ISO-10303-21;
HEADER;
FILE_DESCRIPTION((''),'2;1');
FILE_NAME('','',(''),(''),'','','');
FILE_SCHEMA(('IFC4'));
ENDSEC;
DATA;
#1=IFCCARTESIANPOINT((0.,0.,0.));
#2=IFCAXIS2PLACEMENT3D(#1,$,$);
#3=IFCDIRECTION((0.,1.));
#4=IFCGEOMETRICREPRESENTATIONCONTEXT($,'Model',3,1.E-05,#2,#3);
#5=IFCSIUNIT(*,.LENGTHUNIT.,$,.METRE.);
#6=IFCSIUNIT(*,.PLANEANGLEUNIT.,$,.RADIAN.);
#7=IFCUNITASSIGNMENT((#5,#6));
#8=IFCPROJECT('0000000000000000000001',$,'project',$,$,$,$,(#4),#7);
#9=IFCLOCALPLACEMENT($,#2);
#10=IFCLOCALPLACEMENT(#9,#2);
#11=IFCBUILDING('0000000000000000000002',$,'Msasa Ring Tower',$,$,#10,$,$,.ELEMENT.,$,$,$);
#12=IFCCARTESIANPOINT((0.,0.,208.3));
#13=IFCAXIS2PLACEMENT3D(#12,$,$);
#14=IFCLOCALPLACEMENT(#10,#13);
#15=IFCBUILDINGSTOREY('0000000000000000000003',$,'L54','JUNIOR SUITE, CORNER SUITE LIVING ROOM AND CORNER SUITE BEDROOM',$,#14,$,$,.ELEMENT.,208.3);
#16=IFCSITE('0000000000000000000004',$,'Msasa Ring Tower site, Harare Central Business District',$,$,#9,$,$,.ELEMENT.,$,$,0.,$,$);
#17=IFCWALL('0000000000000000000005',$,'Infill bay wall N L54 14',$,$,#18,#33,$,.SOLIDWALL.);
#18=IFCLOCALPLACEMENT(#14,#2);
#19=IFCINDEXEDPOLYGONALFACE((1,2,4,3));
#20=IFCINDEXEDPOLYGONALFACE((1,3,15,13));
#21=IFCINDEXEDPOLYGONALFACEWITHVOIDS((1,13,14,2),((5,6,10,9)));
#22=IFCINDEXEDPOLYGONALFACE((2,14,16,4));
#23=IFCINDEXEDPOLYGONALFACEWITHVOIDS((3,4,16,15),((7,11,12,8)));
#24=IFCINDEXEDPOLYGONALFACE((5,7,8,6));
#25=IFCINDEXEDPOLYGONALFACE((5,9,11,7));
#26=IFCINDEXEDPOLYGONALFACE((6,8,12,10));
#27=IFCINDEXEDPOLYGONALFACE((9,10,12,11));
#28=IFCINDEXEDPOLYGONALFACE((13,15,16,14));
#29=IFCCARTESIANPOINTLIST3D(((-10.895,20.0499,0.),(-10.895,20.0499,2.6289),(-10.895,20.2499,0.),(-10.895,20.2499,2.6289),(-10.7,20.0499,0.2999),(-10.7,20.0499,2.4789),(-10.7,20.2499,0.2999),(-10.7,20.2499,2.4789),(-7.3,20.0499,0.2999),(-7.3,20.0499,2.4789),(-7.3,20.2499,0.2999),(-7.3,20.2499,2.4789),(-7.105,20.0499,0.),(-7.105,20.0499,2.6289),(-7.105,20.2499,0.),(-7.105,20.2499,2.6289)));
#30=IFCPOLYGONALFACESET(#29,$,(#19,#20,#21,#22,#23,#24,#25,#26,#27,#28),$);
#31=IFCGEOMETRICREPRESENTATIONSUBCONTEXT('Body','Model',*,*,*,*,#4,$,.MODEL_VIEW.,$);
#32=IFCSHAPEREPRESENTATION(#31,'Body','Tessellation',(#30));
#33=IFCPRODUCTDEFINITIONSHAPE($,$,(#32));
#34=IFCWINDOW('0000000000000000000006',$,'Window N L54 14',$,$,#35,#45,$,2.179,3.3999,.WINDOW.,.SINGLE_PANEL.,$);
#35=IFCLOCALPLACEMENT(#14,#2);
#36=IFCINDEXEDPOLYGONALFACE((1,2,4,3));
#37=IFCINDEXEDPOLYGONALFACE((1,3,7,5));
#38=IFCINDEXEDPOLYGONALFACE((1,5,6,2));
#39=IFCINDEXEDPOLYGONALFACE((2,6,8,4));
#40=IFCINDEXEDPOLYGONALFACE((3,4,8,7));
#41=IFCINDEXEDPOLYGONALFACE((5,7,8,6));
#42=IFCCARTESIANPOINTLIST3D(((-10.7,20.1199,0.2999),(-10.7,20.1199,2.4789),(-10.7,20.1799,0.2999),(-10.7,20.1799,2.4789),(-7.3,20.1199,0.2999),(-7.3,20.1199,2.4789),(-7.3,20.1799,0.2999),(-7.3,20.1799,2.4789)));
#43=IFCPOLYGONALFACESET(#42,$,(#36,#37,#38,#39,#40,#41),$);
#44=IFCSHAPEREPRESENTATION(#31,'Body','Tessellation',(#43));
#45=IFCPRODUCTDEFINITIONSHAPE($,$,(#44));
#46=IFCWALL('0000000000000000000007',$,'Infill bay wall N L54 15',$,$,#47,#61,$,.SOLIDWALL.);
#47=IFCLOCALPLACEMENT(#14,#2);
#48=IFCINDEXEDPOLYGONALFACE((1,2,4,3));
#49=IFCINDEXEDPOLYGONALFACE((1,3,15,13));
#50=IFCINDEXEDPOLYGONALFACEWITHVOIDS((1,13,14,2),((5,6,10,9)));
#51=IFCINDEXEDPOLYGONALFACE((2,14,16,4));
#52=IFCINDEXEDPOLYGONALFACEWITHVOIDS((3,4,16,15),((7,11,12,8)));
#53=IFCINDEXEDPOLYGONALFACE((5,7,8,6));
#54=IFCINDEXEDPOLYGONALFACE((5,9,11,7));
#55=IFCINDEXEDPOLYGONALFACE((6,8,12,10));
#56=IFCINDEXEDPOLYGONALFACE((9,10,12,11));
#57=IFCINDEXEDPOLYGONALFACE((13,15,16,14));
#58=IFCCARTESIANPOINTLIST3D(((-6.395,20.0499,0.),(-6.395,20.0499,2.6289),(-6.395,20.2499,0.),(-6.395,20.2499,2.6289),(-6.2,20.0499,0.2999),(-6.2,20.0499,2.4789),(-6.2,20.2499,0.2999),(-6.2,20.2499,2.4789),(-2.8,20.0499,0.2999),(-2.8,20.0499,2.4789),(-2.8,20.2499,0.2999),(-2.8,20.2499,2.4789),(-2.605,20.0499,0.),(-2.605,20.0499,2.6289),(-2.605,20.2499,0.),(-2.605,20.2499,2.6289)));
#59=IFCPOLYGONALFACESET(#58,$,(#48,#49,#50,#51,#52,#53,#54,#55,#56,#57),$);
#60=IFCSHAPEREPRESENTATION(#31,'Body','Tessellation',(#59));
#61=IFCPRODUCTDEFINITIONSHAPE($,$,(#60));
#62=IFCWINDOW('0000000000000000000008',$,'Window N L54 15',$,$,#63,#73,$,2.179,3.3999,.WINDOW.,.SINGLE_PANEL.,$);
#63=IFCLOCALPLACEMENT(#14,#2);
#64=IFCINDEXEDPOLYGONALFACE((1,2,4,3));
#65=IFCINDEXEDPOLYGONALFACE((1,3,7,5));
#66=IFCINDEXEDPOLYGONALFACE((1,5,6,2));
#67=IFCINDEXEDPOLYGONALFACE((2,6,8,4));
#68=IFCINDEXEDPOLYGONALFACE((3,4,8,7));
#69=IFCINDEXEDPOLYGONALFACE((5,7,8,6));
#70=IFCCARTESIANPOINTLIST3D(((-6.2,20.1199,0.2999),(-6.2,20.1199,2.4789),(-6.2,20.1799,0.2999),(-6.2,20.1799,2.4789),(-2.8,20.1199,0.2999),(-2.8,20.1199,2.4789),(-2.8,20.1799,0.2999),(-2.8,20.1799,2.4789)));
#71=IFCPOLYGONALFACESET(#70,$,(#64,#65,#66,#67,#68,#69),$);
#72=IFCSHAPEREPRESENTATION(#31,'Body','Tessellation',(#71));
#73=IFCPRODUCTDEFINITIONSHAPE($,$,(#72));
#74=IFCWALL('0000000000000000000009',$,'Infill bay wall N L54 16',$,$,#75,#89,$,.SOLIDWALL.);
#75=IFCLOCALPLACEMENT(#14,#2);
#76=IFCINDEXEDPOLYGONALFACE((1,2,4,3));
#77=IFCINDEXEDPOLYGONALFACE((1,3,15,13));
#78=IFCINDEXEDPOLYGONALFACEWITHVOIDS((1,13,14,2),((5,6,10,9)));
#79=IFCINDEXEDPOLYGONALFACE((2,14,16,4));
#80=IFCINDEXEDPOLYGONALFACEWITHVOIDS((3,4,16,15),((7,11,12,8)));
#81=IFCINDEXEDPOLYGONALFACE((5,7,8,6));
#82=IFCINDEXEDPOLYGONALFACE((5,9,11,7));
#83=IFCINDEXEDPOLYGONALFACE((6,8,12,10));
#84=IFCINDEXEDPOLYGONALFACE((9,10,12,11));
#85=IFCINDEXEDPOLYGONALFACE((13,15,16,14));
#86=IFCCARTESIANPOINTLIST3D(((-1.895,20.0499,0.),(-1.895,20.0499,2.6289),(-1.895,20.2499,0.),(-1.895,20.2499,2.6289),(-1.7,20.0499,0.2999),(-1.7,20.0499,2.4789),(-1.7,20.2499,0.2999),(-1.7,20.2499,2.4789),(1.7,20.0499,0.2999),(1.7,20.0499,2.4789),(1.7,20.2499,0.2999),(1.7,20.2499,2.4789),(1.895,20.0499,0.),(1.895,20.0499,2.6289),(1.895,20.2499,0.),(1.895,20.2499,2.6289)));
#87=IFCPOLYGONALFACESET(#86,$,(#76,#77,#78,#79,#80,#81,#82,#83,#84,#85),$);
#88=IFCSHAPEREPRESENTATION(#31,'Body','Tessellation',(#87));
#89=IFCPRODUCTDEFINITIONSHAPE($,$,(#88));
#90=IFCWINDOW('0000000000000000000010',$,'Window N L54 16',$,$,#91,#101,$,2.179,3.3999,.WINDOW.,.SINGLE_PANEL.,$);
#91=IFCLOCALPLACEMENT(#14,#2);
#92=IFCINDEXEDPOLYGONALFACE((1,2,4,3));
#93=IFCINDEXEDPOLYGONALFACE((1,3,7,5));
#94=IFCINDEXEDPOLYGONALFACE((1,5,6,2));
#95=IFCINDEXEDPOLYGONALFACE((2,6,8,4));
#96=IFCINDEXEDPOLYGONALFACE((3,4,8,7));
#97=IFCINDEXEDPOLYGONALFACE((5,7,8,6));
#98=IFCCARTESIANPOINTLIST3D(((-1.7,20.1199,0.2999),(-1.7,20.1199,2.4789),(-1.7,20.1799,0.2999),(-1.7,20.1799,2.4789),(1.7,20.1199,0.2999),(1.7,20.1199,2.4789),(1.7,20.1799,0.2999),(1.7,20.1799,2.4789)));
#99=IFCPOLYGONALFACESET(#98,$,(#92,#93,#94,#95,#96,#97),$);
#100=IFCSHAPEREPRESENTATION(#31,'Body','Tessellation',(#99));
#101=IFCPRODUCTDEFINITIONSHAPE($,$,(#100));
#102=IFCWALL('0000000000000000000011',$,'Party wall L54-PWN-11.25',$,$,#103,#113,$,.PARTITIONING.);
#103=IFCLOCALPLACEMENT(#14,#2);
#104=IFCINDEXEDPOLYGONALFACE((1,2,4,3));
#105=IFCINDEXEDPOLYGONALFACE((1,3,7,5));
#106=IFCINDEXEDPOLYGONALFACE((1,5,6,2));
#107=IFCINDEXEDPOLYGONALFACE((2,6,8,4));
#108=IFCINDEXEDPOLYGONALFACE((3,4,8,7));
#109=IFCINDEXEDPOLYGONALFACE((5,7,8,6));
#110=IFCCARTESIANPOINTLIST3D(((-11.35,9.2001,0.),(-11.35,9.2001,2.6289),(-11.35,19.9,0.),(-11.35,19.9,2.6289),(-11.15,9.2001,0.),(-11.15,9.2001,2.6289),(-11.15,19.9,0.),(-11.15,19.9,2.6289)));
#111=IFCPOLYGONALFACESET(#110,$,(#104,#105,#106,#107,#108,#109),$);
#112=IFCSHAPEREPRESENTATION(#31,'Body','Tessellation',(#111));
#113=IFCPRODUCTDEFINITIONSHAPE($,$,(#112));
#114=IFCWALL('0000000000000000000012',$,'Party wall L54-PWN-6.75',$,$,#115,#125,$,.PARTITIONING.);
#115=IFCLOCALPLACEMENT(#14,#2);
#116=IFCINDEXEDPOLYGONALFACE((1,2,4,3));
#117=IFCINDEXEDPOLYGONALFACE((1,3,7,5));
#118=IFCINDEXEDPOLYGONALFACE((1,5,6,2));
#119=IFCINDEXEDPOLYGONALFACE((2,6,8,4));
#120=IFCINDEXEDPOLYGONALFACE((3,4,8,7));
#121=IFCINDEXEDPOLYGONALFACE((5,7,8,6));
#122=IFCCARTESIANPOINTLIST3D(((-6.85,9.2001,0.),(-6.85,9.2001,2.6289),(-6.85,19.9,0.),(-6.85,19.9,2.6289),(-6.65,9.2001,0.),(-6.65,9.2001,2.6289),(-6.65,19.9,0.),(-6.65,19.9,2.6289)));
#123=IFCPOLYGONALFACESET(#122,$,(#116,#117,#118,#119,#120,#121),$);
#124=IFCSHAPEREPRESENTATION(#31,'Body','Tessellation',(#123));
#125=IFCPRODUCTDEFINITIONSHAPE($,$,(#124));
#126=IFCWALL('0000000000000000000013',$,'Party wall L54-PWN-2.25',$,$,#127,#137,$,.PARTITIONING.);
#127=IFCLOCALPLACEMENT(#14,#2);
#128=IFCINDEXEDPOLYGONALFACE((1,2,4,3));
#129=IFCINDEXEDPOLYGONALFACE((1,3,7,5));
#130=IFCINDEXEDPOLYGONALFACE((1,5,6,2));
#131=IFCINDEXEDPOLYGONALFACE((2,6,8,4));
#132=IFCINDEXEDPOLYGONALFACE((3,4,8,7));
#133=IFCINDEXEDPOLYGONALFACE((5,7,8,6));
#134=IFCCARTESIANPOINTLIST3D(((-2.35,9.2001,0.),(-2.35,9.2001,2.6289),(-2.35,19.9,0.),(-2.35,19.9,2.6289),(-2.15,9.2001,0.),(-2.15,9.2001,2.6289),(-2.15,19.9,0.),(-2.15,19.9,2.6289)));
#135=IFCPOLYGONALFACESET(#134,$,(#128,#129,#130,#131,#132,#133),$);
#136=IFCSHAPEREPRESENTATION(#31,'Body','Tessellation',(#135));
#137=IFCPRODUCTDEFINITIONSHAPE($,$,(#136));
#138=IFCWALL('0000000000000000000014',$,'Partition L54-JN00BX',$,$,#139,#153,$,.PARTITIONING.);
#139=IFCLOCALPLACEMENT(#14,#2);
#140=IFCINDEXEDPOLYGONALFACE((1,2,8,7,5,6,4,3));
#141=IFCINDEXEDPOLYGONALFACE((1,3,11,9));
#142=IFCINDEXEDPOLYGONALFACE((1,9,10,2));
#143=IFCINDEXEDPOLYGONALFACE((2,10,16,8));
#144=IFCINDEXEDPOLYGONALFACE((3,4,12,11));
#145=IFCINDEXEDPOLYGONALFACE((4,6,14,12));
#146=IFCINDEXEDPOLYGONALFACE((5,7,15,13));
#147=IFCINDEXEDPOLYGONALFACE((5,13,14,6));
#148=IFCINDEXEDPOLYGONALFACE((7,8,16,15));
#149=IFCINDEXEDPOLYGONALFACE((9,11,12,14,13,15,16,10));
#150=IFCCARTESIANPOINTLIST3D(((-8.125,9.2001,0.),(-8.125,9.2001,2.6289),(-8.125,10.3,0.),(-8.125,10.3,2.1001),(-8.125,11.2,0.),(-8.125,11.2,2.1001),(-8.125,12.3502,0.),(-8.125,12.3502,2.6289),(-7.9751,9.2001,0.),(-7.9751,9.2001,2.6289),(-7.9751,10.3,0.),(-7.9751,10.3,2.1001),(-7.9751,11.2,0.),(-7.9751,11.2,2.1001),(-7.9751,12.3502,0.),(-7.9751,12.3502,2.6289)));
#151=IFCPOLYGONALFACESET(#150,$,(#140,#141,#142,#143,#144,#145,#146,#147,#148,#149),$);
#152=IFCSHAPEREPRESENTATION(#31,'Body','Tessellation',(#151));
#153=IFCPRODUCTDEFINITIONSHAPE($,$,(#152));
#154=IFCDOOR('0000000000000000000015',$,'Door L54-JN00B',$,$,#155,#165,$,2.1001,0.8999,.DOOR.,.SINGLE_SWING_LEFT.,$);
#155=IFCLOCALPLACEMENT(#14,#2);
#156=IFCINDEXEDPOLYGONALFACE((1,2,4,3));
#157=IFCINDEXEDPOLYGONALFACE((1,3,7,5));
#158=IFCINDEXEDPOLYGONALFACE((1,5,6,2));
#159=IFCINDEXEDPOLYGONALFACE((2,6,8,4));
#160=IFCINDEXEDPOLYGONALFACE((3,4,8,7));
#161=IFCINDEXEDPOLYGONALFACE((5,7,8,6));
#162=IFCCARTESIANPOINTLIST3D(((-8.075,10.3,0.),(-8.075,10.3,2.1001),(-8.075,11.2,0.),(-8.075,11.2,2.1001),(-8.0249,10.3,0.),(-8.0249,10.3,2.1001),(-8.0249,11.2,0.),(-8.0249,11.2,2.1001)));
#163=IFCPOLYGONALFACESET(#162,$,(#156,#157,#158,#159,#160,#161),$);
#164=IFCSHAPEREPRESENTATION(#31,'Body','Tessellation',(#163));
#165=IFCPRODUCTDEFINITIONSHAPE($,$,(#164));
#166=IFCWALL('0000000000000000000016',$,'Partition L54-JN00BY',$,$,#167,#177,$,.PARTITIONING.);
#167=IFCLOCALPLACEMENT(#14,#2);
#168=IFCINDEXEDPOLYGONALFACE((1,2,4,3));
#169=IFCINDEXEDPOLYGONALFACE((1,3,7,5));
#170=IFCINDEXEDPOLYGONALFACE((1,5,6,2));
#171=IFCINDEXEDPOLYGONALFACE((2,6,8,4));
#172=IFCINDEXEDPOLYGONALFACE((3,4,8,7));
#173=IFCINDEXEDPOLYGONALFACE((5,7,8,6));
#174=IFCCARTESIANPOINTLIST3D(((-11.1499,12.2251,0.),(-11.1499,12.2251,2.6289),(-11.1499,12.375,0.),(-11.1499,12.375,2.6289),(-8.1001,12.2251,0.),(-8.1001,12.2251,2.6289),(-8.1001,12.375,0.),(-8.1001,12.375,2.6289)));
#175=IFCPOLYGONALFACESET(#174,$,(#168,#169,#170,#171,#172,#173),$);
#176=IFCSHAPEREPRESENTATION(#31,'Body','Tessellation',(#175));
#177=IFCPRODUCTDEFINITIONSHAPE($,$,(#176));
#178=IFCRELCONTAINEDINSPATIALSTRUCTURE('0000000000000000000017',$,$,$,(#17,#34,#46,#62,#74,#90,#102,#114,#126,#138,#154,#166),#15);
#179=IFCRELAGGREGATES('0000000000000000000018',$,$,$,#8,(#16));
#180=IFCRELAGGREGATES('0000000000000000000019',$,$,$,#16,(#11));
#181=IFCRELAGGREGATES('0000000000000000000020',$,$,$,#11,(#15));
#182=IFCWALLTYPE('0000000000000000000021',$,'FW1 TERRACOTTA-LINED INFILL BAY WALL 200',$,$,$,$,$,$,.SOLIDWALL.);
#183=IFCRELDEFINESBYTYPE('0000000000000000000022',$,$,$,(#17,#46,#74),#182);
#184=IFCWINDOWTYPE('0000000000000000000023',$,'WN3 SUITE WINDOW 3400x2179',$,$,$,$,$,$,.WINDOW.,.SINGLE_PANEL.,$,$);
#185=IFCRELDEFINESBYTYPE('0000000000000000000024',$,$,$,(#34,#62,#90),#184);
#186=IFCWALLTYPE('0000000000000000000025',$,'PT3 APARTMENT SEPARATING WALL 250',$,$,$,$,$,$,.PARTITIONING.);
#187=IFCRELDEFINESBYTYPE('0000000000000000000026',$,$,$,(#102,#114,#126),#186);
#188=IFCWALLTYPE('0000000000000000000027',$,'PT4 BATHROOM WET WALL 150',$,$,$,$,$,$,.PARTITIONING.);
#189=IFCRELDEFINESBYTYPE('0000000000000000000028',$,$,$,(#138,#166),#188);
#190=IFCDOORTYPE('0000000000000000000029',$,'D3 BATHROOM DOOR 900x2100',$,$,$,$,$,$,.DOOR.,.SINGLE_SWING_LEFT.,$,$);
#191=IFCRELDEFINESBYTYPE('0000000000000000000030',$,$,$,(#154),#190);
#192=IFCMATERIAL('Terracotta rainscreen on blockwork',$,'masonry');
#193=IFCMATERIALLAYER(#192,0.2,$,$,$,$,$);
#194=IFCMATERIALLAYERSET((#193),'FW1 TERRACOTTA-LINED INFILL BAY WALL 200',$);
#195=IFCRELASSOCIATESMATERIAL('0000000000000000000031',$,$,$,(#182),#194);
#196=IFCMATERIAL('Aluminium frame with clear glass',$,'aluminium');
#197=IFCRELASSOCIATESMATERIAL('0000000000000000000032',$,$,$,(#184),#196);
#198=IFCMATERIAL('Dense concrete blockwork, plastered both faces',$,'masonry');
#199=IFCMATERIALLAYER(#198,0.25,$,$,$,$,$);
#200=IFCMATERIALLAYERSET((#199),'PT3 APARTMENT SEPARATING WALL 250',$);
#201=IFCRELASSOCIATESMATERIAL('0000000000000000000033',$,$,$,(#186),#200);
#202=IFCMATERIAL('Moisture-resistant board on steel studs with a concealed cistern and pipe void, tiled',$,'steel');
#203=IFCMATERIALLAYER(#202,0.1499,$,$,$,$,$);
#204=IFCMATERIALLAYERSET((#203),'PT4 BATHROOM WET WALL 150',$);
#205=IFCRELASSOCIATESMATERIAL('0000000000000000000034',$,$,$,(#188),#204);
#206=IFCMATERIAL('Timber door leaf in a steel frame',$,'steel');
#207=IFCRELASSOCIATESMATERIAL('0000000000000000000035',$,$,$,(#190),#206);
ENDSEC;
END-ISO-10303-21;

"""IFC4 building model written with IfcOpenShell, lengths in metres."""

from ifc_helpers import new_model, si_unit, direction, frame, frame_2d, origin, place, context, subcontext, project, spatial, rectangle, extrude, material, layer, layer_set, type_object, element, fill, save


model = new_model("IFC4")

# Units and contexts
model_context = context("Model", 3, precision=1e-05, world=origin(), true_north=direction((0.0, 1.0)))
body_context = subcontext(model_context, "Body", "Model", "MODEL_VIEW")
ifc_project = project(units=[si_unit("LENGTHUNIT", "METRE"), si_unit("PLANEANGLEUNIT", "RADIAN")], contexts=[model_context])

# Site, building, storey
site_placement = place(None, origin())
site = spatial("IfcSite", under=ifc_project, at=site_placement, Name="Msasa Ring Tower site, Harare Central Business District", CompositionType="ELEMENT", RefElevation=0.0)
building_placement = place(site_placement, origin())
building = spatial("IfcBuilding", under=site, at=building_placement, Name="Msasa Ring Tower", CompositionType="ELEMENT")
storey_placement = place(building_placement, frame((0.0, 0.0, 208.3)))
storey = spatial("IfcBuildingStorey", under=building, at=storey_placement, Name="L54", Description="JUNIOR SUITE, CORNER SUITE LIVING ROOM AND CORNER SUITE BEDROOM", CompositionType="ELEMENT", Elevation=208.3)

# Walls, openings, windows
ifc_material_1 = material(Name="Terracotta rainscreen on blockwork", Category="masonry")
ifc_layer_1 = layer(ifc_material_1, 0.2)
ifc_layer_set_1 = layer_set([ifc_layer_1], Name="FW1 TERRACOTTA-LINED INFILL BAY WALL 200")
wall_type_1 = type_object("IfcWallType", Name="FW1 TERRACOTTA-LINED INFILL BAY WALL 200", PredefinedType="SOLIDWALL", material=ifc_layer_set_1)
wall_1_placement = place(storey_placement, frame((-10.895, 20.1499, 0.0), z_axis=(0.0, 0.0, 1.0), x_axis=(1.0, 0.0, 0.0)))
wall_1 = element("IfcWall", 1, at=wall_1_placement, inside=storey, type_object=wall_type_1, Name="Infill bay wall N L54 14", PredefinedType="SOLIDWALL", context=body_context, shape_type="SweptSolid", body=[
    extrude(rectangle(XDim=3.79, YDim=0.2, at=frame_2d((1.895, 0.0))), origin(), (0.0, 0.0, 1.0), 2.6289),
])
opening_1_placement = place(wall_1_placement, frame((0.1951, 0.0, 0.3)))
opening_1 = element("IfcOpeningElement", 2, at=opening_1_placement, cuts=wall_1, PredefinedType="OPENING", context=body_context, shape_type="SweptSolid", body=[
    extrude(rectangle(XDim=3.3999, YDim=2.179, at=frame_2d((1.7, 1.0894))), frame((0.0, 0.1099, 0.0), z_axis=(0.0, -1.0, 0.0), x_axis=(1.0, 0.0, 0.0)), (0.0, 0.0, 1.0), 0.22),
])
ifc_material_2 = material(Name="Aluminium frame with clear glass", Category="aluminium")
window_type = type_object("IfcWindowType", Name="WN3 SUITE WINDOW 3400x2179", PartitioningType="SINGLE_PANEL", PredefinedType="WINDOW", material=ifc_material_2)
window_1_placement = place(opening_1_placement, origin())
window_1 = element("IfcWindow", 3, at=window_1_placement, inside=storey, type_object=window_type, Name="Window N L54 14", OverallHeight=2.179, OverallWidth=3.3999, PartitioningType="SINGLE_PANEL", PredefinedType="WINDOW", context=body_context, shape_type="SweptSolid", body=[
    extrude(rectangle(XDim=3.3999, YDim=2.179, at=frame_2d((1.7, 1.0894))), frame((0.0, 0.03, 0.0), z_axis=(0.0, -1.0, 0.0), x_axis=(1.0, 0.0, 0.0)), (0.0, 0.0, 1.0), 0.0601),
])
fill(opening_1, window_1)
wall_2_placement = place(storey_placement, frame((-6.395, 20.1499, 0.0), z_axis=(0.0, 0.0, 1.0), x_axis=(1.0, 0.0, 0.0)))
wall_2 = element("IfcWall", 4, at=wall_2_placement, inside=storey, type_object=wall_type_1, Name="Infill bay wall N L54 15", PredefinedType="SOLIDWALL", context=body_context, shape_type="SweptSolid", body=[
    extrude(rectangle(XDim=3.79, YDim=0.2, at=frame_2d((1.895, 0.0))), origin(), (0.0, 0.0, 1.0), 2.6289),
])
opening_2_placement = place(wall_2_placement, frame((0.1951, 0.0, 0.3)))
opening_2 = element("IfcOpeningElement", 5, at=opening_2_placement, cuts=wall_2, PredefinedType="OPENING", context=body_context, shape_type="SweptSolid", body=[
    extrude(rectangle(XDim=3.3999, YDim=2.179, at=frame_2d((1.7, 1.0894))), frame((0.0, 0.1099, 0.0), z_axis=(0.0, -1.0, 0.0), x_axis=(1.0, 0.0, 0.0)), (0.0, 0.0, 1.0), 0.22),
])
window_2_placement = place(opening_2_placement, origin())
window_2 = element("IfcWindow", 6, at=window_2_placement, inside=storey, type_object=window_type, Name="Window N L54 15", OverallHeight=2.179, OverallWidth=3.3999, PartitioningType="SINGLE_PANEL", PredefinedType="WINDOW", context=body_context, shape_type="SweptSolid", body=[
    extrude(rectangle(XDim=3.3999, YDim=2.179, at=frame_2d((1.7, 1.0894))), frame((0.0, 0.03, 0.0), z_axis=(0.0, -1.0, 0.0), x_axis=(1.0, 0.0, 0.0)), (0.0, 0.0, 1.0), 0.0601),
])
fill(opening_2, window_2)
wall_3_placement = place(storey_placement, frame((-1.895, 20.1499, 0.0), z_axis=(0.0, 0.0, 1.0), x_axis=(1.0, 0.0, 0.0)))
wall_3 = element("IfcWall", 7, at=wall_3_placement, inside=storey, type_object=wall_type_1, Name="Infill bay wall N L54 16", PredefinedType="SOLIDWALL", context=body_context, shape_type="SweptSolid", body=[
    extrude(rectangle(XDim=3.79, YDim=0.2, at=frame_2d((1.895, 0.0))), origin(), (0.0, 0.0, 1.0), 2.6289),
])
opening_3_placement = place(wall_3_placement, frame((0.1951, 0.0, 0.3)))
opening_3 = element("IfcOpeningElement", 8, at=opening_3_placement, cuts=wall_3, PredefinedType="OPENING", context=body_context, shape_type="SweptSolid", body=[
    extrude(rectangle(XDim=3.3999, YDim=2.179, at=frame_2d((1.7, 1.0894))), frame((0.0, 0.1099, 0.0), z_axis=(0.0, -1.0, 0.0), x_axis=(1.0, 0.0, 0.0)), (0.0, 0.0, 1.0), 0.22),
])
window_3_placement = place(opening_3_placement, origin())
window_3 = element("IfcWindow", 9, at=window_3_placement, inside=storey, type_object=window_type, Name="Window N L54 16", OverallHeight=2.179, OverallWidth=3.3999, PartitioningType="SINGLE_PANEL", PredefinedType="WINDOW", context=body_context, shape_type="SweptSolid", body=[
    extrude(rectangle(XDim=3.3999, YDim=2.179, at=frame_2d((1.7, 1.0894))), frame((0.0, 0.03, 0.0), z_axis=(0.0, -1.0, 0.0), x_axis=(1.0, 0.0, 0.0)), (0.0, 0.0, 1.0), 0.0601),
])
fill(opening_3, window_3)

# Walls
ifc_material_3 = material(Name="Dense concrete blockwork, plastered both faces", Category="masonry")
ifc_layer_2 = layer(ifc_material_3, 0.25)
ifc_layer_set_2 = layer_set([ifc_layer_2], Name="PT3 APARTMENT SEPARATING WALL 250")
wall_type_2 = type_object("IfcWallType", Name="PT3 APARTMENT SEPARATING WALL 250", PredefinedType="PARTITIONING", material=ifc_layer_set_2)
for number, where, z_axis, x_axis, name in (
    (10, (-11.25, 9.2, 0.0), (0.0, 0.0, 1.0), (0.0, 1.0, 0.0), "Party wall L54-PWN-11.25"),
    (11, (-6.75, 9.2, 0.0), (0.0, 0.0, 1.0), (0.0, 1.0, 0.0), "Party wall L54-PWN-6.75"),
    (12, (-2.25, 9.2, 0.0), (0.0, 0.0, 1.0), (0.0, 1.0, 0.0), "Party wall L54-PWN-2.25"),
):
    element("IfcWall", number, at=place(storey_placement, frame(where, z_axis=z_axis, x_axis=x_axis)), inside=storey, type_object=wall_type_2, Name=name, PredefinedType="PARTITIONING", context=body_context, shape_type="SweptSolid", body=[
        extrude(rectangle(XDim=10.7, YDim=0.2, at=frame_2d((5.3501, 0.0))), origin(), (0.0, 0.0, 1.0), 2.6289),
    ])

# Wall, opening, door
ifc_material_4 = material(Name="Moisture-resistant board on steel studs with a concealed cistern and pipe void, tiled", Category="steel")
ifc_layer_3 = layer(ifc_material_4, 0.1499)
ifc_layer_set_3 = layer_set([ifc_layer_3], Name="PT4 BATHROOM WET WALL 150")
wall_type_3 = type_object("IfcWallType", Name="PT4 BATHROOM WET WALL 150", PredefinedType="PARTITIONING", material=ifc_layer_set_3)
wall_4_placement = place(storey_placement, frame((-8.05, 9.2, 0.0), z_axis=(0.0, 0.0, 1.0), x_axis=(0.0, 1.0, 0.0)))
wall_4 = element("IfcWall", 13, at=wall_4_placement, inside=storey, type_object=wall_type_3, Name="Partition L54-JN00BX", PredefinedType="PARTITIONING", context=body_context, shape_type="SweptSolid", body=[
    extrude(rectangle(XDim=3.1501, YDim=0.1499, at=frame_2d((1.5752, 0.0))), origin(), (0.0, 0.0, 1.0), 2.6289),
])
opening_4_placement = place(wall_4_placement, frame((1.1001, 0.0, 0.0)))
opening_4 = element("IfcOpeningElement", 14, at=opening_4_placement, cuts=wall_4, PredefinedType="OPENING", context=body_context, shape_type="SweptSolid", body=[
    extrude(rectangle(XDim=0.8999, YDim=2.1001, at=frame_2d((0.45, 1.05))), frame((0.0, 0.085, 0.0), z_axis=(0.0, -1.0, 0.0), x_axis=(1.0, 0.0, 0.0)), (0.0, 0.0, 1.0), 0.1699),
])
ifc_material_5 = material(Name="Timber door leaf in a steel frame", Category="steel")
door_type = type_object("IfcDoorType", Name="D3 BATHROOM DOOR 900x2100", OperationType="SINGLE_SWING_LEFT", PredefinedType="DOOR", material=ifc_material_5)
door_1_placement = place(opening_4_placement, origin())
door_1 = element("IfcDoor", 15, at=door_1_placement, inside=storey, type_object=door_type, Name="Door L54-JN00B", OperationType="SINGLE_SWING_LEFT", OverallHeight=2.1001, OverallWidth=0.8999, PredefinedType="DOOR", context=body_context, shape_type="SweptSolid", body=[
    extrude(rectangle(XDim=0.8999, YDim=2.1001, at=frame_2d((0.45, 1.05))), frame((0.0, 0.0249, 0.0), z_axis=(0.0, -1.0, 0.0), x_axis=(1.0, 0.0, 0.0)), (0.0, 0.0, 1.0), 0.05),
])
fill(opening_4, door_1)

# Wall
wall_5_placement = place(storey_placement, frame((-11.1499, 12.3, 0.0), z_axis=(0.0, 0.0, 1.0), x_axis=(1.0, 0.0, 0.0)))
element("IfcWall", 16, at=wall_5_placement, inside=storey, type_object=wall_type_3, Name="Partition L54-JN00BY", PredefinedType="PARTITIONING", context=body_context, shape_type="SweptSolid", body=[
    extrude(rectangle(XDim=3.0498, YDim=0.1499, at=frame_2d((1.5249, 0.0))), origin(), (0.0, 0.0, 1.0), 2.6289),
])

save(model, "model.ifc")
